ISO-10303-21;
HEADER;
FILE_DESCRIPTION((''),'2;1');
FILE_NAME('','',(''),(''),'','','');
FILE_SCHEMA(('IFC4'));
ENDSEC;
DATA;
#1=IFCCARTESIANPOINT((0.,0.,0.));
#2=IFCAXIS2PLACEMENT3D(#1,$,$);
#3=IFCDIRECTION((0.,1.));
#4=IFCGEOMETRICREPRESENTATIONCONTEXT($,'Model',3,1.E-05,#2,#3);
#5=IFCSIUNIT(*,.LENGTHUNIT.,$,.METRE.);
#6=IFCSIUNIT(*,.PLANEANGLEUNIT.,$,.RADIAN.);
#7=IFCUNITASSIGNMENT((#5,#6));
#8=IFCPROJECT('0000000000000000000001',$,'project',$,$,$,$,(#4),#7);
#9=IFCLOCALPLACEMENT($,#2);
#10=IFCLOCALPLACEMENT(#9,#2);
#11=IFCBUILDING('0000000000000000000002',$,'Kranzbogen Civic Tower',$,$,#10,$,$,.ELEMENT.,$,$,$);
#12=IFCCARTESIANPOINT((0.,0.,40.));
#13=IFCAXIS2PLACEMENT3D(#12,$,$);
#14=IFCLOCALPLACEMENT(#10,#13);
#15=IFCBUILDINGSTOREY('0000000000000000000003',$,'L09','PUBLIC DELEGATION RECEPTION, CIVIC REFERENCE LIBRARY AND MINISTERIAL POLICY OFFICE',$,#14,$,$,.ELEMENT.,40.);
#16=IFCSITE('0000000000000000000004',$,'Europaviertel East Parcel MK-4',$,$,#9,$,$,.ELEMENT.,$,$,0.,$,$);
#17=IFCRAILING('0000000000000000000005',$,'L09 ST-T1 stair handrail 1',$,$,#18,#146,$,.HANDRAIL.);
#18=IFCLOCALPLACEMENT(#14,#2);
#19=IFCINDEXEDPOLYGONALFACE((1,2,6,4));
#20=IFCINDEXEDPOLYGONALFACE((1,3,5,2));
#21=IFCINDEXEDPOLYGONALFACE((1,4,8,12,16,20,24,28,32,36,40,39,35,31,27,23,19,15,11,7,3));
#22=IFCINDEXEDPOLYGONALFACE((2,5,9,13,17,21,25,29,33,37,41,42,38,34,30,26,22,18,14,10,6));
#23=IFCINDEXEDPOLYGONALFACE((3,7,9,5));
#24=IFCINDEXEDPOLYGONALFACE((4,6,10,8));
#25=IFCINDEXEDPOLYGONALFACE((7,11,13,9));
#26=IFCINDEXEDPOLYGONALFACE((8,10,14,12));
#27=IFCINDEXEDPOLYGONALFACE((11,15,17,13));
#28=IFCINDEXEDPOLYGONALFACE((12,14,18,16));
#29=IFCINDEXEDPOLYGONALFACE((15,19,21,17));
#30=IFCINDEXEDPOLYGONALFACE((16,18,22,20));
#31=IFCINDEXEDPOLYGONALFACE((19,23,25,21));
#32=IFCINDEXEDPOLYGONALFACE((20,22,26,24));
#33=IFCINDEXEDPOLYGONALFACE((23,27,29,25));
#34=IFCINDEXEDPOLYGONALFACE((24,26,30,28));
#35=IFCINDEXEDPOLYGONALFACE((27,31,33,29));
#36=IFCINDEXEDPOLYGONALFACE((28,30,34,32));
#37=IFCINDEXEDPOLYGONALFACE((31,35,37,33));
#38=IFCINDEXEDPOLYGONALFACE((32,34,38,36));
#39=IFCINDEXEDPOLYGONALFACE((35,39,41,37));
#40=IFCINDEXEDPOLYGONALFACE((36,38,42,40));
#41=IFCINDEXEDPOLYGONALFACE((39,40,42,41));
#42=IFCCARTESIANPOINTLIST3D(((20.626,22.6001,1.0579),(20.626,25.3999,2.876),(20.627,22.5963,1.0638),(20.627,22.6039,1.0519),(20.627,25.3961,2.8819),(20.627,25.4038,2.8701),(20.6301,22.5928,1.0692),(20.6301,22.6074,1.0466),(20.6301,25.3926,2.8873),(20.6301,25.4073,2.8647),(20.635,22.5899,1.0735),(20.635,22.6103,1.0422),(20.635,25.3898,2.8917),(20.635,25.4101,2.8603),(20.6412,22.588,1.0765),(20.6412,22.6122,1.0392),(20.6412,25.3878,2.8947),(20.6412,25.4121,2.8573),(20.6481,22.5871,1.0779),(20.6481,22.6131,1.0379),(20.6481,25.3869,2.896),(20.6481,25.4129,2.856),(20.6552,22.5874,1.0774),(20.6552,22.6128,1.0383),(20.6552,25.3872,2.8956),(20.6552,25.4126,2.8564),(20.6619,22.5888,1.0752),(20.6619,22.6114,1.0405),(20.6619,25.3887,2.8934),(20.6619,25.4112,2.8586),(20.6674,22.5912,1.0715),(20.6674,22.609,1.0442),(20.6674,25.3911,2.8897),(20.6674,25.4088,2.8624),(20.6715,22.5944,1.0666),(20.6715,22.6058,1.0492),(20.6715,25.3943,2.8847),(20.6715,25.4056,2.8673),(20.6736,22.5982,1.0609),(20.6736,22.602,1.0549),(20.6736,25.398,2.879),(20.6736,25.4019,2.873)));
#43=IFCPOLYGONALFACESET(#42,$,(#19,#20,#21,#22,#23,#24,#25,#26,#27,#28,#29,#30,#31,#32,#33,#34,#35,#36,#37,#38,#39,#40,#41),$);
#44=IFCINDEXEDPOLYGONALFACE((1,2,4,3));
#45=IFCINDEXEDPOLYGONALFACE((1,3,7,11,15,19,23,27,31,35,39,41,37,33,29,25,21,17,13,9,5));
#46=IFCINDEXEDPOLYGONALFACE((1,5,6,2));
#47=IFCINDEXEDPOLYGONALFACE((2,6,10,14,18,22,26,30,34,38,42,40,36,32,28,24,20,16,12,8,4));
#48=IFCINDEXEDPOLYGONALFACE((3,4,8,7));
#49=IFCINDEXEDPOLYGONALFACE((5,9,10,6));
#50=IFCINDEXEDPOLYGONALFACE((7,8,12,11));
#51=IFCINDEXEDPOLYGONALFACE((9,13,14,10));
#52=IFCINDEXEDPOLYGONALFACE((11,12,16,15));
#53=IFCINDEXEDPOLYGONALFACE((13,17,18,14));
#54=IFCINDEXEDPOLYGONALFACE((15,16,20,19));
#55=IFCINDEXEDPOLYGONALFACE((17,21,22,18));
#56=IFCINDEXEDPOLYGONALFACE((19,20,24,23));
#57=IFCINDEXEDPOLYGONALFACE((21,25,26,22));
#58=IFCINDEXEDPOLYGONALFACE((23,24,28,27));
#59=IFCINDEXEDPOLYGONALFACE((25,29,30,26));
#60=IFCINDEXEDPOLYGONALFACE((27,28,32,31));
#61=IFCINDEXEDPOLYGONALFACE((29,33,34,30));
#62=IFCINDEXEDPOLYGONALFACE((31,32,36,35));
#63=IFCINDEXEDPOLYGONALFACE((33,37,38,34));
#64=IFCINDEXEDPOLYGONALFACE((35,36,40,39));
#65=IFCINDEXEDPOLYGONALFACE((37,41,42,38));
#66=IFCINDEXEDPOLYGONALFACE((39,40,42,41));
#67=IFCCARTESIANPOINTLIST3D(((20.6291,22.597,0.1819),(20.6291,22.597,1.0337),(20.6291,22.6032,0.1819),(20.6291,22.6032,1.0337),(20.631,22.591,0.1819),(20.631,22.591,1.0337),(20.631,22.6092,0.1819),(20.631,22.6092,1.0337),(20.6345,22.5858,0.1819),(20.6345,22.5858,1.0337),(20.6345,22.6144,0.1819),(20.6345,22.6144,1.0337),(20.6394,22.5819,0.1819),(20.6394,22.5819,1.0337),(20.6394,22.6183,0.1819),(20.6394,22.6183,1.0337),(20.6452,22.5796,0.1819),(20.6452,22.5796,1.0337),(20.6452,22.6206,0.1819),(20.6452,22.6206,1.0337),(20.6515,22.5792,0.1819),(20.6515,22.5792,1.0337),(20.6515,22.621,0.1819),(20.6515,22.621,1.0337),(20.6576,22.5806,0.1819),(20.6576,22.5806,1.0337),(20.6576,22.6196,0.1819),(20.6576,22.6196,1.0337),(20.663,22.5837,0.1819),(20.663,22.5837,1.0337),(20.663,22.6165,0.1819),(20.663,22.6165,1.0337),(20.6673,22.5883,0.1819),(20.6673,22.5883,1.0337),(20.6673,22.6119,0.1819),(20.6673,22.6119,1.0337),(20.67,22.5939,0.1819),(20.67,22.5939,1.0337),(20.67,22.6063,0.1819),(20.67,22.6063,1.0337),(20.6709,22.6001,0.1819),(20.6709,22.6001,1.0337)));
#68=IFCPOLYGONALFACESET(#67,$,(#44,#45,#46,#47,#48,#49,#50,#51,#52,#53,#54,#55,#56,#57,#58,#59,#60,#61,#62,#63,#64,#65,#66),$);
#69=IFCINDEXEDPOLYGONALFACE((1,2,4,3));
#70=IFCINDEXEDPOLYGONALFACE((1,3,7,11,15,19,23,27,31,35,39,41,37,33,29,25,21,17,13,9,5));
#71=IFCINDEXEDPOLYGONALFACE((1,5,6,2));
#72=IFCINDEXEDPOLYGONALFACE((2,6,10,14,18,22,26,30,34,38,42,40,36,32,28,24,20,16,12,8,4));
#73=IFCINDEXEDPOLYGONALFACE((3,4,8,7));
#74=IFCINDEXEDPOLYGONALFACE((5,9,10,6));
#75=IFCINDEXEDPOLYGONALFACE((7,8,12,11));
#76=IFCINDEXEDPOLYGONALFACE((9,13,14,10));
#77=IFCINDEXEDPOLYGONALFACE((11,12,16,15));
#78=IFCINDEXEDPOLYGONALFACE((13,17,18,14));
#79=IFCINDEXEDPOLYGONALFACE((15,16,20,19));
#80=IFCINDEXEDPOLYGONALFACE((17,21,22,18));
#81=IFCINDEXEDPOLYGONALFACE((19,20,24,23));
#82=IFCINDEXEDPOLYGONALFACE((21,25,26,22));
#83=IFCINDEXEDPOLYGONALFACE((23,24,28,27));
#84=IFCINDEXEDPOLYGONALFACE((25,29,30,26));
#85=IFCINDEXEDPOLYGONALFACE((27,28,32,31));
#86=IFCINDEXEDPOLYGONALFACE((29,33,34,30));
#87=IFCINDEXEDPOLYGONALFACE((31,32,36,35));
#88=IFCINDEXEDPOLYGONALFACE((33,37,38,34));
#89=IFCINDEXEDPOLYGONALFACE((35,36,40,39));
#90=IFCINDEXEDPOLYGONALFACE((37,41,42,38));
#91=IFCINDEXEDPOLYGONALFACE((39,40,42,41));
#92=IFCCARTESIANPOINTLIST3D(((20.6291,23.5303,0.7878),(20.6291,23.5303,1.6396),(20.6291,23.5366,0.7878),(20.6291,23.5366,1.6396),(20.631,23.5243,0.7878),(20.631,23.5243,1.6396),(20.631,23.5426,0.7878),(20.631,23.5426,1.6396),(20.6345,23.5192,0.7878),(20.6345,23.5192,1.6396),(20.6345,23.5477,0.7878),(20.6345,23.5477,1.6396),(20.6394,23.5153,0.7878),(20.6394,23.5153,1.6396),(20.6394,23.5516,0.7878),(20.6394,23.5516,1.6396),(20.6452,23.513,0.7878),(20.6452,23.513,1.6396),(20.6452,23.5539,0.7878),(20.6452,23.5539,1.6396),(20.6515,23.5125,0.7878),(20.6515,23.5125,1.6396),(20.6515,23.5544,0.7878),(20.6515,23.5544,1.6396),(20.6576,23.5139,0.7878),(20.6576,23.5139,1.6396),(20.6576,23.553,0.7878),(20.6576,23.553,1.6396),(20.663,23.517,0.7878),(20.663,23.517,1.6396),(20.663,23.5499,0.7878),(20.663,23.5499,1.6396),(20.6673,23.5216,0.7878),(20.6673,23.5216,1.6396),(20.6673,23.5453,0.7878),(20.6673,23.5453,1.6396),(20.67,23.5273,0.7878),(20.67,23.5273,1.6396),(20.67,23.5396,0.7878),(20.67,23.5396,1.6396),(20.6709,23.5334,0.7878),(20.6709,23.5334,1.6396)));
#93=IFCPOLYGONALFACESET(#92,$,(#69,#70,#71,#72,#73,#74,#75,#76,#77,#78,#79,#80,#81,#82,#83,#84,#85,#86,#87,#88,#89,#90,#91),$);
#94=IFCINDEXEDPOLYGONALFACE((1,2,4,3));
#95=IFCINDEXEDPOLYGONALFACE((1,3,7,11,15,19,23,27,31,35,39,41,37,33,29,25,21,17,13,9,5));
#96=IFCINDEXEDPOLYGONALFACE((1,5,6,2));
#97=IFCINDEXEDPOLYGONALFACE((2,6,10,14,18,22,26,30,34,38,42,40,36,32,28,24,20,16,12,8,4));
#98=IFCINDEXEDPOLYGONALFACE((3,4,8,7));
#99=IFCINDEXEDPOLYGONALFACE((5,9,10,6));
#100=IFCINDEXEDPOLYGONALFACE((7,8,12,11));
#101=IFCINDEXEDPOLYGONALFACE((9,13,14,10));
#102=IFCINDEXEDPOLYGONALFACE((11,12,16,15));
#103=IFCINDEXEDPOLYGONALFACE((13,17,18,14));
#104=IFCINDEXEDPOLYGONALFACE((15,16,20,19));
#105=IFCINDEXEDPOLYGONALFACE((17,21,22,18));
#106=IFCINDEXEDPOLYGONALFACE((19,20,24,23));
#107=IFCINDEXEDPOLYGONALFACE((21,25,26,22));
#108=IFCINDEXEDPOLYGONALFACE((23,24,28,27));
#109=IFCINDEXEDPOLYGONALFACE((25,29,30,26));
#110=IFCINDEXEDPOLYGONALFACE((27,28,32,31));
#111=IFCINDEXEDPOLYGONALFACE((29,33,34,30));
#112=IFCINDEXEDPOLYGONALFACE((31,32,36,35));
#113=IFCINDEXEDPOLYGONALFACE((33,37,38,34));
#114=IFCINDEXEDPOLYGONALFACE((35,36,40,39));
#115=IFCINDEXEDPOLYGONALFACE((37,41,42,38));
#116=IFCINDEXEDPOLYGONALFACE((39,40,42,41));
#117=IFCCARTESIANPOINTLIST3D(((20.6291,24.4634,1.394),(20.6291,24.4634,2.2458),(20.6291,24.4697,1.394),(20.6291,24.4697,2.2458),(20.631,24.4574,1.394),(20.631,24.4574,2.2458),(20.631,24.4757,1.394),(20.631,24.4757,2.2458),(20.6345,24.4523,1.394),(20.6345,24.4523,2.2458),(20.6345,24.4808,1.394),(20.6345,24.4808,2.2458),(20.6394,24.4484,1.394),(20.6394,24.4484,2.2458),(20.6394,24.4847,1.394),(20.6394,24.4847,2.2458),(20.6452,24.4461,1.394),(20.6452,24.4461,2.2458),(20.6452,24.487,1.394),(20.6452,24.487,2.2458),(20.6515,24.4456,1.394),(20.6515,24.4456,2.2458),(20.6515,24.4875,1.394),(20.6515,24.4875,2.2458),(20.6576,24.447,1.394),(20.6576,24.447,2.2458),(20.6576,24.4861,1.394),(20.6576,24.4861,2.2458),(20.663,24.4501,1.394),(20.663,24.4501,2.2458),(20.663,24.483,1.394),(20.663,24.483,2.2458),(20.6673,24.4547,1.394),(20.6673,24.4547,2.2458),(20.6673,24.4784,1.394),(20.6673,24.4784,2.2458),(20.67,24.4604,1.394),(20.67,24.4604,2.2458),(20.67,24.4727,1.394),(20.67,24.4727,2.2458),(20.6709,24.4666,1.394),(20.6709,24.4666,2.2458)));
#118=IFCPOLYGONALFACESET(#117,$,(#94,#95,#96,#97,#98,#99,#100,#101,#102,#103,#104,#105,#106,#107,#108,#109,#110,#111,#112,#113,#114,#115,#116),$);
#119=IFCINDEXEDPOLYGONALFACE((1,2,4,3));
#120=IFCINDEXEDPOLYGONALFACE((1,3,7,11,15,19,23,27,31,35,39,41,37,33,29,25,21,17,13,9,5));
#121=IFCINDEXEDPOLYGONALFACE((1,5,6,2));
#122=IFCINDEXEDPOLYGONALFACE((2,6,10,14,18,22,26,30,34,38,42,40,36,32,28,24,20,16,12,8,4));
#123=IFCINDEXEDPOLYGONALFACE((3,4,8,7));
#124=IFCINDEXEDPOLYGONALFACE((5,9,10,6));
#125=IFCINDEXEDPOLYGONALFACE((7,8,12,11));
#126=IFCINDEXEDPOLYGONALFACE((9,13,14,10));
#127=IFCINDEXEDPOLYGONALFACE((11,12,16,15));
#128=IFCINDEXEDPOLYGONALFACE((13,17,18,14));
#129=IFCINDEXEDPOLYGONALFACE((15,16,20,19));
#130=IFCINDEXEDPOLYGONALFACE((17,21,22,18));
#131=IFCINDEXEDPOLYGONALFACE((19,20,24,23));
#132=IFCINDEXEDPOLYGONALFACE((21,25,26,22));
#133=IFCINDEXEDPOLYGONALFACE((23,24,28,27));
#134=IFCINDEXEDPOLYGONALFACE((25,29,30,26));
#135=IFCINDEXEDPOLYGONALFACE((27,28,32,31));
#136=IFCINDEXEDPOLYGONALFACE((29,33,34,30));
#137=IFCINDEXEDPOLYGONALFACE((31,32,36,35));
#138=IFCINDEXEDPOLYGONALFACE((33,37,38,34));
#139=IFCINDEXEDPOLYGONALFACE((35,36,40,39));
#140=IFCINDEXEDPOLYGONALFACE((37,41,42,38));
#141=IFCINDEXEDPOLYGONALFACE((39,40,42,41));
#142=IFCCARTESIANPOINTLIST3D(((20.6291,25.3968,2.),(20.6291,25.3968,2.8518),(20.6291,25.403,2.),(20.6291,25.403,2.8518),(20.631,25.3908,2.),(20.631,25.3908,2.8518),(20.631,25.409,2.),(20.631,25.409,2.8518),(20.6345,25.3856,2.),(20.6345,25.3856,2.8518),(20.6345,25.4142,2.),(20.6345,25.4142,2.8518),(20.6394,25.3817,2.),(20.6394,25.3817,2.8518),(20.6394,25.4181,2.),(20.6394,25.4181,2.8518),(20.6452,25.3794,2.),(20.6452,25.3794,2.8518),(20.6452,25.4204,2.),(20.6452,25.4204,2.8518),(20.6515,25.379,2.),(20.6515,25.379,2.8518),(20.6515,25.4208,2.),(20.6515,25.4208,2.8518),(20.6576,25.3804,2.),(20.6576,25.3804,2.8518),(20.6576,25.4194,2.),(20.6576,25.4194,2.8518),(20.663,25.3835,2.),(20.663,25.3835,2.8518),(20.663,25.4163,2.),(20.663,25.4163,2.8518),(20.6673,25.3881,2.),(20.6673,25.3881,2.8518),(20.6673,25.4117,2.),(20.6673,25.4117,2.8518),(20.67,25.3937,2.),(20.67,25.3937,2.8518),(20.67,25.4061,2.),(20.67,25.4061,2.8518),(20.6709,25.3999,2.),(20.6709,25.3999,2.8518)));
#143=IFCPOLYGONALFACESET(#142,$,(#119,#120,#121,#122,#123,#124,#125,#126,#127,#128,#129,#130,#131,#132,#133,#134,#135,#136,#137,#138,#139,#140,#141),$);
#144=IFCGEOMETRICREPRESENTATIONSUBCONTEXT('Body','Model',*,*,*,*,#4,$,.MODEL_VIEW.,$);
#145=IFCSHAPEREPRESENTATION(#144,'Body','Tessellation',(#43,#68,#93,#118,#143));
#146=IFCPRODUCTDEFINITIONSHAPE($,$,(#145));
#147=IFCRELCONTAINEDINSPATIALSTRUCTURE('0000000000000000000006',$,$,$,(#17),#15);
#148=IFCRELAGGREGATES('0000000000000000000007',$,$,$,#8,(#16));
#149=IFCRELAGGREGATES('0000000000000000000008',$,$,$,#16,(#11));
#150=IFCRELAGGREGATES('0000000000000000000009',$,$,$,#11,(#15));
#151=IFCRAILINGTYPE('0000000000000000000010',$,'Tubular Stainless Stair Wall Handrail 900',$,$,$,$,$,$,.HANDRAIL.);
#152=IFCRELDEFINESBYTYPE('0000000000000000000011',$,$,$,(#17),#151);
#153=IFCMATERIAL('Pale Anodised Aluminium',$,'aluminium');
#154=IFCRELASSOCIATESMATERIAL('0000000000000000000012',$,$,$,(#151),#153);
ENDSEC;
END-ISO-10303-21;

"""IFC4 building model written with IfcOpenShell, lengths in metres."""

from ifc_helpers import new_model, si_unit, direction, frame, origin, origin_2d, place, context, subcontext, project, spatial, circle, extrude, material, type_object, element, save


model = new_model("IFC4")

# Units and contexts
model_context = context("Model", 3, precision=1e-05, world=origin(), true_north=direction((0.0, 1.0)))
body_context = subcontext(model_context, "Body", "Model", "MODEL_VIEW")
ifc_project = project(units=[si_unit("LENGTHUNIT", "METRE"), si_unit("PLANEANGLEUNIT", "RADIAN")], contexts=[model_context])

# Site, building, storey
site_placement = place(None, origin())
site = spatial("IfcSite", under=ifc_project, at=site_placement, Name="Europaviertel East Parcel MK-4", CompositionType="ELEMENT", RefElevation=0.0)
building_placement = place(site_placement, origin())
building = spatial("IfcBuilding", under=site, at=building_placement, Name="Kranzbogen Civic Tower", CompositionType="ELEMENT")
storey_placement = place(building_placement, frame((0.0, 0.0, 40.0)))
storey = spatial("IfcBuildingStorey", under=building, at=storey_placement, Name="L09", Description="PUBLIC DELEGATION RECEPTION, CIVIC REFERENCE LIBRARY AND MINISTERIAL POLICY OFFICE", CompositionType="ELEMENT", Elevation=40.0)

# Shared definitions
ifc_material_1 = material(Name="Pale Anodised Aluminium", Category="aluminium")

# Railing
railing_type_1 = type_object("IfcRailingType", Name="Tubular Stainless Stair Wall Handrail 900", PredefinedType="HANDRAIL", material=ifc_material_1)
railing_1_placement = place(storey_placement, frame((20.6499, 22.6001, 0.1819)))
element("IfcRailing", 1, at=railing_1_placement, inside=storey, type_object=railing_type_1, Name="L09 ST-T1 stair handrail 1", PredefinedType="HANDRAIL", context=body_context, shape_type="SweptSolid", body=[
    extrude(circle(Radius=0.0239, at=origin_2d()), frame((0.0, 0.0, 0.876), z_axis=(0.0, 0.838684, 0.544618), x_axis=(-1.0, 0.0, 0.0)), (0.0, 0.0, 1.0), 3.3384),
    extrude(circle(Radius=0.021, at=origin_2d()), origin(), (0.0, 0.0, 1.0), 0.8518),
    extrude(circle(Radius=0.021, at=origin_2d()), frame((0.0, 0.9333, 0.606)), (0.0, 0.0, 1.0), 0.8518),
    extrude(circle(Radius=0.021, at=origin_2d()), frame((0.0, 1.8665, 1.2122)), (0.0, 0.0, 1.0), 0.8518),
    extrude(circle(Radius=0.021, at=origin_2d()), frame((0.0, 2.7998, 1.8181)), (0.0, 0.0, 1.0), 0.8518),
])

save(model, "model.ifc")
